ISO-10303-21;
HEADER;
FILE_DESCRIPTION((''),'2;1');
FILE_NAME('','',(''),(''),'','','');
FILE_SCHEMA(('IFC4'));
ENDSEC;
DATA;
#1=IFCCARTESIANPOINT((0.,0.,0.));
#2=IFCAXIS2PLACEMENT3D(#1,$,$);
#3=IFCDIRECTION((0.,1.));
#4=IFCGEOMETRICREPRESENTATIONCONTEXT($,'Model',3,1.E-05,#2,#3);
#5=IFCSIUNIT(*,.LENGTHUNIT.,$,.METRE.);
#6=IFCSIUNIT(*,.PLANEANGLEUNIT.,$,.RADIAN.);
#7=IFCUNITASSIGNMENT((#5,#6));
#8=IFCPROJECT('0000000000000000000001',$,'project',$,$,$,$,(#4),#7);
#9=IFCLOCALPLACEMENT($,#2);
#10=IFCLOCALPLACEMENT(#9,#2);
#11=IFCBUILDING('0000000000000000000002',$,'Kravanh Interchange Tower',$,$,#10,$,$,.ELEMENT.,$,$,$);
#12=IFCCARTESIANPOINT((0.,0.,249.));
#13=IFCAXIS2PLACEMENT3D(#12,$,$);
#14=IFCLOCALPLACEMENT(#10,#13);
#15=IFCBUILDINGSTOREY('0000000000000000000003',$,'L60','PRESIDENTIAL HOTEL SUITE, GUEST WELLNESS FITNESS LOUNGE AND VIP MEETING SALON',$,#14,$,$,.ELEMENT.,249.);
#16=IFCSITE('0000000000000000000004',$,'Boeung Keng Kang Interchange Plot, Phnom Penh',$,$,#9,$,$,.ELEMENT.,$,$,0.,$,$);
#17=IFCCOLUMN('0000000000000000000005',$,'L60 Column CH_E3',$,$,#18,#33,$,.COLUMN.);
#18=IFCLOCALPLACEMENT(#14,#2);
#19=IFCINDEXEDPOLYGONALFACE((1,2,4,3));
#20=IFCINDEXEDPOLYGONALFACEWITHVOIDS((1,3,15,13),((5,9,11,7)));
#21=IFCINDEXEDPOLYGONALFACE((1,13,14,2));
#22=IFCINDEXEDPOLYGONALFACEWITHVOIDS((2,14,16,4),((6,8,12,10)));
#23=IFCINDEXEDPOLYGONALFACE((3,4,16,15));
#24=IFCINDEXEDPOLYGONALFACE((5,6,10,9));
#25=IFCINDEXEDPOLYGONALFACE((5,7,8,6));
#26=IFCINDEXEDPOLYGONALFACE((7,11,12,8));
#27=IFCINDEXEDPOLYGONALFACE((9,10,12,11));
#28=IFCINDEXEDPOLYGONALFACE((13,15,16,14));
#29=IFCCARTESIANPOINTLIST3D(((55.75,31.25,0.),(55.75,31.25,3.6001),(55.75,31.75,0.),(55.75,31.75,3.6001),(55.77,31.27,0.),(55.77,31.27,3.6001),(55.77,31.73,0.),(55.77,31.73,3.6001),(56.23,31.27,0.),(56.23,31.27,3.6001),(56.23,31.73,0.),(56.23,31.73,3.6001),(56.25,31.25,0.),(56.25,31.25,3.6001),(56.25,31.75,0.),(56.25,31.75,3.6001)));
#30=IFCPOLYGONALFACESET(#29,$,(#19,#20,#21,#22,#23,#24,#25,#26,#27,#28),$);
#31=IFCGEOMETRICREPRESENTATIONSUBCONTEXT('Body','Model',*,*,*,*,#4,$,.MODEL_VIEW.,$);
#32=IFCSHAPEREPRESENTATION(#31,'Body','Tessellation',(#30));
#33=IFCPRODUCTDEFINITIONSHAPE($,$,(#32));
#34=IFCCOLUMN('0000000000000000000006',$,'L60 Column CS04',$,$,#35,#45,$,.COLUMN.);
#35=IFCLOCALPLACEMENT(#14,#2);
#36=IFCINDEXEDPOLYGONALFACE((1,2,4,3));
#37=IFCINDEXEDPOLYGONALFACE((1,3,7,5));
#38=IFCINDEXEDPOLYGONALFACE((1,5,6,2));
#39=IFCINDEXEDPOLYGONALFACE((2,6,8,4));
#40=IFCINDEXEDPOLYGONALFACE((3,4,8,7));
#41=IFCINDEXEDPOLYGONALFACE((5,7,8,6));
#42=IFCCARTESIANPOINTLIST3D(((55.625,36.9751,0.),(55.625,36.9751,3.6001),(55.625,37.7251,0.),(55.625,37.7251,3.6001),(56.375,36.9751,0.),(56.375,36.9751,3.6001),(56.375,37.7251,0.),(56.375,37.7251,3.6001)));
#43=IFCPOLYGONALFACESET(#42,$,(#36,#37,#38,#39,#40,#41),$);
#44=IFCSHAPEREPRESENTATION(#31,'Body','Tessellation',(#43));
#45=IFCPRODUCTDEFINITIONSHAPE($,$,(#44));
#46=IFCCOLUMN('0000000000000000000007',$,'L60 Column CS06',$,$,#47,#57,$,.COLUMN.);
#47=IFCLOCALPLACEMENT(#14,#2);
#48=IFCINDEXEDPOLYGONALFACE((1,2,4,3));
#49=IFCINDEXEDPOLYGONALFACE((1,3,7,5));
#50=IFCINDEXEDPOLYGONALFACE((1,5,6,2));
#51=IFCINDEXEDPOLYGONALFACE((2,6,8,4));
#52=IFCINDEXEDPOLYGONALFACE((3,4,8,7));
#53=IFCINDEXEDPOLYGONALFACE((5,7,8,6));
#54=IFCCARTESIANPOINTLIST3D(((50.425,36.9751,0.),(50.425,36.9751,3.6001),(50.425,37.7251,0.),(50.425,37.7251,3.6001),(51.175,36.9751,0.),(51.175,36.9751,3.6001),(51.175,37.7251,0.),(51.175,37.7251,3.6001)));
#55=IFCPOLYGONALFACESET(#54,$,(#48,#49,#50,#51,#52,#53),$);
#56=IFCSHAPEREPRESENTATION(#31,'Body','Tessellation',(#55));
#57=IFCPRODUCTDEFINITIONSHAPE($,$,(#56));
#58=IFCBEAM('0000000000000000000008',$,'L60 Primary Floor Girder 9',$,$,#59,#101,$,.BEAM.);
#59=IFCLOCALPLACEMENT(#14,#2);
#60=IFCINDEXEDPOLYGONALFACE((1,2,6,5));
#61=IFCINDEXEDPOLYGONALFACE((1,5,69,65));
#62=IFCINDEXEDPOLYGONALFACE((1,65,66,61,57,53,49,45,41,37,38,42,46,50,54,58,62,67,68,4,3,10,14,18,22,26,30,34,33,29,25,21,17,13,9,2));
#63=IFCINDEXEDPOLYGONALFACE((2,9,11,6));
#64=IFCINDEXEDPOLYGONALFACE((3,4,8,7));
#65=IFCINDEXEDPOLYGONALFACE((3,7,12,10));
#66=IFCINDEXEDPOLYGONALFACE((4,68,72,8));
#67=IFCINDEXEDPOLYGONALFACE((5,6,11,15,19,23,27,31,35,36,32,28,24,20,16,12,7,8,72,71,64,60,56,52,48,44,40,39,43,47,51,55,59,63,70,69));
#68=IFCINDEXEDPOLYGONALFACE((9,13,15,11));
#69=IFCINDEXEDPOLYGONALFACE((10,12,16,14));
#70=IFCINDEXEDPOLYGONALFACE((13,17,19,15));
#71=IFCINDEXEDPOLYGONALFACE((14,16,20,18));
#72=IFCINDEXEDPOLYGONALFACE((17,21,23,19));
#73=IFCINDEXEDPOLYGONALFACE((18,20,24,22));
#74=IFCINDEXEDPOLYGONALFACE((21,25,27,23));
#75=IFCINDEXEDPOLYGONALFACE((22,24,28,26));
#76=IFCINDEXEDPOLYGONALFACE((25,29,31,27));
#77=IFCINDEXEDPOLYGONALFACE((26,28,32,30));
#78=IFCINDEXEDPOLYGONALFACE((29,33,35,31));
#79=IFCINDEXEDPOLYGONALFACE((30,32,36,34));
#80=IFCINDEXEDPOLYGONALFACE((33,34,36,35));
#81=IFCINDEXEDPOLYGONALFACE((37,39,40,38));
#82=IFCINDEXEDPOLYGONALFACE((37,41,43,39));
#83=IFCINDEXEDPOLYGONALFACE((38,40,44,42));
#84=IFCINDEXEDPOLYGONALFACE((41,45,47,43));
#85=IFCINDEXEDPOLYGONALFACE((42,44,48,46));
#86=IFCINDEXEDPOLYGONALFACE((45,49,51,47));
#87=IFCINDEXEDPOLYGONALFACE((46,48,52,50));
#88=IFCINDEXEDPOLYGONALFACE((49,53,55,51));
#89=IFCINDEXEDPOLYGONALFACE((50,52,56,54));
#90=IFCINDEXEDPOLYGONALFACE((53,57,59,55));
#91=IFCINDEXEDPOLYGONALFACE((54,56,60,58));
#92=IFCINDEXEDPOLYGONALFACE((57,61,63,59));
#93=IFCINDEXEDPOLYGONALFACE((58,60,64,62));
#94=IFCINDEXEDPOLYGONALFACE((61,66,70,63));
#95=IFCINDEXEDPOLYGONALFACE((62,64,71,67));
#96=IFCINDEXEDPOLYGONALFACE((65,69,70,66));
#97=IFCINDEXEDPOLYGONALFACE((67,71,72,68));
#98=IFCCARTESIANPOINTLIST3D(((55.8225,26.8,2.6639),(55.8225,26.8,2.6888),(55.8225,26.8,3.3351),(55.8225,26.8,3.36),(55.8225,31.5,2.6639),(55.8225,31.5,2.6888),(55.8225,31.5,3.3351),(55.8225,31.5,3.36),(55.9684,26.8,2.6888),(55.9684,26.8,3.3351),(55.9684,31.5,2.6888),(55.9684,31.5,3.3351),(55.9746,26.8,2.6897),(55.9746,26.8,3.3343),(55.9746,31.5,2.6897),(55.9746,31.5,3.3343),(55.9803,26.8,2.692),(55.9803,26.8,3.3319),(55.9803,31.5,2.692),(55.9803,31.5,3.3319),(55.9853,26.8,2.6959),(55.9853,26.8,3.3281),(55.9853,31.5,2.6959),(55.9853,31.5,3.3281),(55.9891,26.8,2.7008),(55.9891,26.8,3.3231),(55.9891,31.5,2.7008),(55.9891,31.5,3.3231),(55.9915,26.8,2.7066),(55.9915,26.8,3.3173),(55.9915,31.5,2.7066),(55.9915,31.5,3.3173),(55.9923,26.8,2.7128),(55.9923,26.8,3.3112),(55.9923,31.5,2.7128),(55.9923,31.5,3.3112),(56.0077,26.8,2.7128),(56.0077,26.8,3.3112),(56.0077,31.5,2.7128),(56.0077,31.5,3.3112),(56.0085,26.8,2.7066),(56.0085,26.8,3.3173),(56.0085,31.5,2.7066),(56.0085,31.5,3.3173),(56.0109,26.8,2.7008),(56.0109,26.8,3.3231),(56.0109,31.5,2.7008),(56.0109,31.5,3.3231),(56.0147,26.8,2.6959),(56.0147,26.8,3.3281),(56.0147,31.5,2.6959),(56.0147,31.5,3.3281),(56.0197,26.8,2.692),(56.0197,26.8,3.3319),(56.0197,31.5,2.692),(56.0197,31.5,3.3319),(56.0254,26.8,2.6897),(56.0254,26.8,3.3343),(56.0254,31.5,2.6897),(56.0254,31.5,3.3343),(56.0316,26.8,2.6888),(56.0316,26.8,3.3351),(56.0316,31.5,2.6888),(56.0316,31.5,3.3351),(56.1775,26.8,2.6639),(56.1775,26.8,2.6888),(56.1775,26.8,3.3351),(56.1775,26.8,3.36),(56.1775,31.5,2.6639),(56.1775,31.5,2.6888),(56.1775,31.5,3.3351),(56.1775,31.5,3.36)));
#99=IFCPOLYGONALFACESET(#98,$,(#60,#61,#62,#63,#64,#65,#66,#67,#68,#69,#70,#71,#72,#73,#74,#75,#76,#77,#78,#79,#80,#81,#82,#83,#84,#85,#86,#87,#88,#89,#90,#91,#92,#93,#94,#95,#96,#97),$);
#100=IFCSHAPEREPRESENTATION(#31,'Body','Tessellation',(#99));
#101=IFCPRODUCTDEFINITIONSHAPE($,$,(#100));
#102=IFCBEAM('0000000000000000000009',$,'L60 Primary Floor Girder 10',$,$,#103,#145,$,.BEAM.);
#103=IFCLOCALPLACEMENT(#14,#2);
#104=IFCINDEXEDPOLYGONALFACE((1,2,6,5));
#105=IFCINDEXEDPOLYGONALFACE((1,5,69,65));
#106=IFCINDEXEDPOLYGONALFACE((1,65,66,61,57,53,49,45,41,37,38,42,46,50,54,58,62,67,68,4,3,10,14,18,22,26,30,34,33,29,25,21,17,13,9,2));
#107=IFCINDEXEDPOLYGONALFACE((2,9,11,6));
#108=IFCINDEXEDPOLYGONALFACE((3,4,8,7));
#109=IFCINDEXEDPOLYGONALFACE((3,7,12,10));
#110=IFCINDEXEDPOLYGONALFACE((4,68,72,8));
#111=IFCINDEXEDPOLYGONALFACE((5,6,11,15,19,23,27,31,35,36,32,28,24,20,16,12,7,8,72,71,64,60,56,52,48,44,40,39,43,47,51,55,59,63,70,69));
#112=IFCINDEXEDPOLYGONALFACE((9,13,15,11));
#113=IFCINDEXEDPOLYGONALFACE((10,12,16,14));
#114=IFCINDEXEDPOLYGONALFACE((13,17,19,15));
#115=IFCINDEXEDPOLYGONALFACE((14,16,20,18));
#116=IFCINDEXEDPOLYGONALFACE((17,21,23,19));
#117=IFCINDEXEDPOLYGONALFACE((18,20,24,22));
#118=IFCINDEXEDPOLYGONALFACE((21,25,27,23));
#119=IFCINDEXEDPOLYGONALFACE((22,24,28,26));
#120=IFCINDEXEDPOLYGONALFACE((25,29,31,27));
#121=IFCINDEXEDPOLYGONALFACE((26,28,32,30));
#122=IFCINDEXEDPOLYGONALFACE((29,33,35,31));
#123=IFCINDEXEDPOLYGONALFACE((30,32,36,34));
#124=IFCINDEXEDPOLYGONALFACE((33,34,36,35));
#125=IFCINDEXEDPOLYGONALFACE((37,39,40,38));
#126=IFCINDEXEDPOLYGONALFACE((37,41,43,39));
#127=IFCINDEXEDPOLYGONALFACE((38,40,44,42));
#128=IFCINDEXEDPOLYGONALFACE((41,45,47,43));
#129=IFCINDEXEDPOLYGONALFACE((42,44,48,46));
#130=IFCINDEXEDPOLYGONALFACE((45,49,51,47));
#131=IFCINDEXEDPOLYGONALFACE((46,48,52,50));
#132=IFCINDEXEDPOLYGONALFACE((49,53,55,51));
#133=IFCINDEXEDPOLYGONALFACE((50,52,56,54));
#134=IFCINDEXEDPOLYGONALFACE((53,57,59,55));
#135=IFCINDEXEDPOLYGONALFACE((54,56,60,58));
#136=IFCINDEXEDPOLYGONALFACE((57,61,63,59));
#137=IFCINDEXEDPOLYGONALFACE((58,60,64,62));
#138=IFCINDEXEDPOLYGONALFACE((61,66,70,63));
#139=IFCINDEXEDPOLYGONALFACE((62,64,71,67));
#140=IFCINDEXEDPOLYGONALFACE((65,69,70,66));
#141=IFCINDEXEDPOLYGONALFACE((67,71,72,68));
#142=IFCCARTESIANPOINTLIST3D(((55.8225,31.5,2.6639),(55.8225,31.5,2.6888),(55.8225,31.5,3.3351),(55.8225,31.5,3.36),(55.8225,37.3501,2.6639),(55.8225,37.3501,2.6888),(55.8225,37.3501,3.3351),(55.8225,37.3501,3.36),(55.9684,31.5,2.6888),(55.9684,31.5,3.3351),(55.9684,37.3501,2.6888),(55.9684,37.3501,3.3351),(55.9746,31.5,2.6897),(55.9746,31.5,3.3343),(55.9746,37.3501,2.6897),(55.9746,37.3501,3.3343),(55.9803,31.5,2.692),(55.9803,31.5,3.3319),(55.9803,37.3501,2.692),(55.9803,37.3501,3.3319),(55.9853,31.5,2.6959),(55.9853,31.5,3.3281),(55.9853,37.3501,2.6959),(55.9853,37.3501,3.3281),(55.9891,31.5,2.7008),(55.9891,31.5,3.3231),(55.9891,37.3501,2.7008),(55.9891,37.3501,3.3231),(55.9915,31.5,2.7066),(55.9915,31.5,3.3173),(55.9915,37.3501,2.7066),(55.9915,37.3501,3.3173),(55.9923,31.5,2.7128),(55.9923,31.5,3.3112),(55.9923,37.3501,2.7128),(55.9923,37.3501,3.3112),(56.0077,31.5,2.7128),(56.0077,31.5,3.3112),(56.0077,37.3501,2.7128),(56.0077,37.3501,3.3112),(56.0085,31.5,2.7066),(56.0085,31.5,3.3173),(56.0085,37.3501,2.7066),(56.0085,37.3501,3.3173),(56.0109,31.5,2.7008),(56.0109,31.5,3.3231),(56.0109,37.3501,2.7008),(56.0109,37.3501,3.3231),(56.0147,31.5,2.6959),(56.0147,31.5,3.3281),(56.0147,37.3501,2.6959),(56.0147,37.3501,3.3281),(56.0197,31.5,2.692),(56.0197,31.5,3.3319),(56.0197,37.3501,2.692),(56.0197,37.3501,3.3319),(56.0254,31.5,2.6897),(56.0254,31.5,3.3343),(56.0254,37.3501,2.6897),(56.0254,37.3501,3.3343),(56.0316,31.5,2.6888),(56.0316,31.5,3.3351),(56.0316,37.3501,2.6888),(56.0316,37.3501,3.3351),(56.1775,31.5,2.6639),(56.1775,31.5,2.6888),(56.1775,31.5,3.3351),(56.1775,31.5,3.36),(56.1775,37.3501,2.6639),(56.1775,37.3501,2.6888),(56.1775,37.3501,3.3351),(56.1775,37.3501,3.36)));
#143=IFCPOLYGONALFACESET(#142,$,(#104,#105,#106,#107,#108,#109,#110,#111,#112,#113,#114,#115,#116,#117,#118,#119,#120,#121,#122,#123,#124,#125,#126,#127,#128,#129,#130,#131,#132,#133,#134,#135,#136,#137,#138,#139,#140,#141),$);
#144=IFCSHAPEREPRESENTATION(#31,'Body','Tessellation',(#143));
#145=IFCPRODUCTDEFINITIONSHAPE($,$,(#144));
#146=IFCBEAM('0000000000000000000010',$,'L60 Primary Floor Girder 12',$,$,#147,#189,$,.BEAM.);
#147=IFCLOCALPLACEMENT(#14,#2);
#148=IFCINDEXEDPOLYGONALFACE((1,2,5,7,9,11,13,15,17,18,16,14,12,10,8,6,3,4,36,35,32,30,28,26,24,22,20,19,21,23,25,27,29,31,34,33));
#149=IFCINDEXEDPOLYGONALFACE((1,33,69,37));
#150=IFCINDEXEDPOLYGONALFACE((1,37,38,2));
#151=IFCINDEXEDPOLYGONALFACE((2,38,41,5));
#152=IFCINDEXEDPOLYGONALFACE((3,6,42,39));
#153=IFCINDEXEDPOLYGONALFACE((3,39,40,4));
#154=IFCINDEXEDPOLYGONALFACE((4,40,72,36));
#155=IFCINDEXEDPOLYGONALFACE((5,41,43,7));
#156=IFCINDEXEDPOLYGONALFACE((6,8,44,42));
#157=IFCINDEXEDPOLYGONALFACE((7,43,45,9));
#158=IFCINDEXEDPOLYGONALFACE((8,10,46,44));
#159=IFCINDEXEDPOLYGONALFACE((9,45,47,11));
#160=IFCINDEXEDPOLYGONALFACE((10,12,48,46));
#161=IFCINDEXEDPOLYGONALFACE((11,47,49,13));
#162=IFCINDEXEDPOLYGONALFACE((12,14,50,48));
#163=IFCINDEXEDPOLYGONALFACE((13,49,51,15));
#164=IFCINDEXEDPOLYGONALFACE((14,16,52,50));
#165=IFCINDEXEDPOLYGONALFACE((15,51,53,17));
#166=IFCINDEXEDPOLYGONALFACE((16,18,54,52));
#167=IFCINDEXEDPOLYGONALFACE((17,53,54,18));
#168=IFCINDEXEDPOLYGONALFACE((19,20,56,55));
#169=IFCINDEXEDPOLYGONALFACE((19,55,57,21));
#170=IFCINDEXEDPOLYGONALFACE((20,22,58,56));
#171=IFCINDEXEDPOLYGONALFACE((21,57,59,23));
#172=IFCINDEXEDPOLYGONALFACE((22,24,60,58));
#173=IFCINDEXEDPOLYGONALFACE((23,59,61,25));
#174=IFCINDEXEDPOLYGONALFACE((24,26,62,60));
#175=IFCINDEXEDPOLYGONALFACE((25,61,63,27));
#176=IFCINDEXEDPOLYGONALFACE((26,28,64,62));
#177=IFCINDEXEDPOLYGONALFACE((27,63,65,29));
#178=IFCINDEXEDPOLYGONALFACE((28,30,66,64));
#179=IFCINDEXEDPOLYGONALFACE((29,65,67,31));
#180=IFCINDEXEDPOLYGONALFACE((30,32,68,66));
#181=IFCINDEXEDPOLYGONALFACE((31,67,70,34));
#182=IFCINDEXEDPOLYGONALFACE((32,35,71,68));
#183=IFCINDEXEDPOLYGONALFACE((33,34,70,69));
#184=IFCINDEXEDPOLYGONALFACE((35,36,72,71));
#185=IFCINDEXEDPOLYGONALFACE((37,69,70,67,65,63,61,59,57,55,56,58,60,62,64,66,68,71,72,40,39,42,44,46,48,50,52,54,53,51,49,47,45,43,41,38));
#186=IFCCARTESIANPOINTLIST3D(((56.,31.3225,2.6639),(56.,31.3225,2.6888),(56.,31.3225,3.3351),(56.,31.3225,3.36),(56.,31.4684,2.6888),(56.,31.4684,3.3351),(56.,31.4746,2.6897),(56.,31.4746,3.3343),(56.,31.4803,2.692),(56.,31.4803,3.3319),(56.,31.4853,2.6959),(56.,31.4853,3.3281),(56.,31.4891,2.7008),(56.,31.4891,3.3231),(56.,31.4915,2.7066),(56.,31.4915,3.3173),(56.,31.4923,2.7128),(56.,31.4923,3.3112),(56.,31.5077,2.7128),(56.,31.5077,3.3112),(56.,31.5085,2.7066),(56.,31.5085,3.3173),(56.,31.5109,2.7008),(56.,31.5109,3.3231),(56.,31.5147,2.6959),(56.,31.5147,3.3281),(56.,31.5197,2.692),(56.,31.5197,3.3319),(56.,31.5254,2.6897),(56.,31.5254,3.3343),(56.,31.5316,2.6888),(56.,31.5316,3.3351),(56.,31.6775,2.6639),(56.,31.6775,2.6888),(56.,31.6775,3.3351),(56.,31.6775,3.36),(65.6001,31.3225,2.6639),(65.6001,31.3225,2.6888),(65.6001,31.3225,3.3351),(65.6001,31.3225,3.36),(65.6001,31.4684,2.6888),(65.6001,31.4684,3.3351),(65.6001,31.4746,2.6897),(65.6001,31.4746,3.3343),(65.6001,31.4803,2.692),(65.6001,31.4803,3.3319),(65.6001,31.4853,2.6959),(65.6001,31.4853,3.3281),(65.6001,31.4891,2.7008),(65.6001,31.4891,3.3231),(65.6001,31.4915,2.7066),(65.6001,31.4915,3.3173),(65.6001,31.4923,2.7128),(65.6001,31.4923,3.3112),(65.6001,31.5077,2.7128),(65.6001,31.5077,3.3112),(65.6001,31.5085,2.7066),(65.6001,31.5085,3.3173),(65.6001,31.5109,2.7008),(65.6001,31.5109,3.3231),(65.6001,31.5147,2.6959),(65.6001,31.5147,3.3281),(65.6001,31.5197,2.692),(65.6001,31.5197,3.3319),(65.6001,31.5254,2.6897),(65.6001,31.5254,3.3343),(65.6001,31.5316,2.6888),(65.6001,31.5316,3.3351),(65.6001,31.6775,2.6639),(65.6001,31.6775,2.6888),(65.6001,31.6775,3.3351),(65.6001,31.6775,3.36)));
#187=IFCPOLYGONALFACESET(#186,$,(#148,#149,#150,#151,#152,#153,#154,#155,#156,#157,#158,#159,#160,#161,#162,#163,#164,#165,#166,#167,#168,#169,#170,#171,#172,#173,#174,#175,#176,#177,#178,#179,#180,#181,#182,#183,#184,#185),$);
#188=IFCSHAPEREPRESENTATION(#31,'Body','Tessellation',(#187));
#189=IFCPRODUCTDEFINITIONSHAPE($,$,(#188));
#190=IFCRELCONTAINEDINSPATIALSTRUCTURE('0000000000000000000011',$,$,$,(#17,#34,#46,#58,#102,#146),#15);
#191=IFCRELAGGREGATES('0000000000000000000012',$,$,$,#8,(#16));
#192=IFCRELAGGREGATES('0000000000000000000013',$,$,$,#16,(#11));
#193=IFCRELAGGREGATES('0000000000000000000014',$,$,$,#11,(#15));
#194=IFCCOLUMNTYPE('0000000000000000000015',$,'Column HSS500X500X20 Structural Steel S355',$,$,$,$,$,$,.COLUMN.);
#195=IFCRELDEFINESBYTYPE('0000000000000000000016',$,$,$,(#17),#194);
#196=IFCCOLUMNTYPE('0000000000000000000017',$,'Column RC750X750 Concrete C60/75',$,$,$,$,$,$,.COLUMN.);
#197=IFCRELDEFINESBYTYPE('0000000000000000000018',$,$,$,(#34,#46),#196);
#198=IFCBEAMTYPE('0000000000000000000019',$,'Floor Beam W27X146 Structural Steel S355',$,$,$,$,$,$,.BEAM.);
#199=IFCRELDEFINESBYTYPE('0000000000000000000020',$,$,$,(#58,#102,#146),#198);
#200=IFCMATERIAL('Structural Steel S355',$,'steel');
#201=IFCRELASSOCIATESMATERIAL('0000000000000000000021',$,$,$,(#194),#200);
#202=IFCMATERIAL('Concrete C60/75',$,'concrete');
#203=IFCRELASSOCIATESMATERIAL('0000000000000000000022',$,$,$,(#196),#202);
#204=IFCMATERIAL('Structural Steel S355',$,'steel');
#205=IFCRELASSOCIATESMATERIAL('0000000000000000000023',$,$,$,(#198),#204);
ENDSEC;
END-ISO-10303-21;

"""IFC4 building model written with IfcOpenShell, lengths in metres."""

from ifc_helpers import new_model, si_unit, direction, frame, origin, origin_2d, place, context, subcontext, project, spatial, rectangle, hollow_rectangle, i_section, extrude, material, material_profile, profile_set, type_object, element, save


model = new_model("IFC4")

# Units and contexts
model_context = context("Model", 3, precision=1e-05, world=origin(), true_north=direction((0.0, 1.0)))
body_context = subcontext(model_context, "Body", "Model", "MODEL_VIEW")
ifc_project = project(units=[si_unit("LENGTHUNIT", "METRE"), si_unit("PLANEANGLEUNIT", "RADIAN")], contexts=[model_context])

# Site, building, storey
site_placement = place(None, origin())
site = spatial("IfcSite", under=ifc_project, at=site_placement, Name="Boeung Keng Kang Interchange Plot, Phnom Penh", CompositionType="ELEMENT", RefElevation=0.0)
building_placement = place(site_placement, origin())
building = spatial("IfcBuilding", under=site, at=building_placement, Name="Kravanh Interchange Tower", CompositionType="ELEMENT")
storey_placement = place(building_placement, frame((0.0, 0.0, 249.0)))
storey = spatial("IfcBuildingStorey", under=building, at=storey_placement, Name="L60", Description="PRESIDENTIAL HOTEL SUITE, GUEST WELLNESS FITNESS LOUNGE AND VIP MEETING SALON", CompositionType="ELEMENT", Elevation=249.0)

# Columns
ifc_material_1 = material(Name="Structural Steel S355", Category="steel")
ifc_material_profile_1 = material_profile(ifc_material_1, hollow_rectangle(XDim=0.5, YDim=0.5, WallThickness=0.02, at=origin_2d()), Name="HSS500X500X20")
ifc_profile_set_1 = profile_set([ifc_material_profile_1], Name="Structural Steel S355")
column_type_1 = type_object("IfcColumnType", Name="Column HSS500X500X20 Structural Steel S355", PredefinedType="COLUMN", material=ifc_profile_set_1)
column_placement = place(storey_placement, frame((56.0, 31.5, 0.0), z_axis=(0.0, 0.0, 1.0), x_axis=(1.0, 0.0, 0.0)))
element("IfcColumn", 1, at=column_placement, inside=storey, type_object=column_type_1, Name="L60 Column CH_E3", PredefinedType="COLUMN", context=body_context, shape_type="SweptSolid", body=[
    extrude(hollow_rectangle(XDim=0.5, YDim=0.5, WallThickness=0.02, at=origin_2d()), origin(), (0.0, 0.0, 1.0), 3.6001),
])
ifc_material_2 = material(Name="Concrete C60/75", Category="concrete")
ifc_material_profile_2 = material_profile(ifc_material_2, rectangle(XDim=0.75, YDim=0.75, at=origin_2d()), Name="RC750X750")
ifc_profile_set_2 = profile_set([ifc_material_profile_2], Name="Concrete C60/75")
column_type_2 = type_object("IfcColumnType", Name="Column RC750X750 Concrete C60/75", PredefinedType="COLUMN", material=ifc_profile_set_2)
for number, where, z_axis, x_axis, name in (
    (2, (56.0, 37.3501, 0.0), (0.0, 0.0, 1.0), (1.0, 0.0, 0.0), "L60 Column CS04"),
    (3, (50.8, 37.3501, 0.0), (0.0, 0.0, 1.0), (1.0, 0.0, 0.0), "L60 Column CS06"),
):
    element("IfcColumn", number, at=place(storey_placement, frame(where, z_axis=z_axis, x_axis=x_axis)), inside=storey, type_object=column_type_2, Name=name, PredefinedType="COLUMN", context=body_context, shape_type="SweptSolid", body=[
        extrude(rectangle(XDim=0.75, YDim=0.75, at=origin_2d()), origin(), (0.0, 0.0, 1.0), 3.6001),
    ])

# Beams
ifc_material_3 = material(Name="Structural Steel S355", Category="steel")
ifc_material_profile_3 = material_profile(ifc_material_3, i_section(OverallWidth=0.355, OverallDepth=0.696, WebThickness=0.0154, FlangeThickness=0.0249, FilletRadius=0.0239, at=origin_2d()), Name="W27X146")
ifc_profile_set_3 = profile_set([ifc_material_profile_3], Name="Structural Steel S355")
beam_type_1 = type_object("IfcBeamType", Name="Floor Beam W27X146 Structural Steel S355", PredefinedType="BEAM", material=ifc_profile_set_3)
beam_1_placement = place(storey_placement, frame((56.0, 31.5, 3.012), z_axis=(0.0, -1.0, 0.0), x_axis=(1.0, 0.0, 0.0)))
element("IfcBeam", 4, at=beam_1_placement, inside=storey, type_object=beam_type_1, Name="L60 Primary Floor Girder 9", PredefinedType="BEAM", context=body_context, shape_type="SweptSolid", body=[
    extrude(i_section(OverallWidth=0.355, OverallDepth=0.696, WebThickness=0.0154, FlangeThickness=0.0249, FilletRadius=0.0239, at=origin_2d()), origin(), (0.0, 0.0, 1.0), 4.7),
])
beam_2_placement = place(storey_placement, frame((56.0, 31.5, 3.012), z_axis=(0.0, 1.0, 0.0), x_axis=(-1.0, 0.0, 0.0)))
element("IfcBeam", 5, at=beam_2_placement, inside=storey, type_object=beam_type_1, Name="L60 Primary Floor Girder 10", PredefinedType="BEAM", context=body_context, shape_type="SweptSolid", body=[
    extrude(i_section(OverallWidth=0.355, OverallDepth=0.696, WebThickness=0.0154, FlangeThickness=0.0249, FilletRadius=0.0239, at=origin_2d()), origin(), (0.0, 0.0, 1.0), 5.8501),
])
beam_3_placement = place(storey_placement, frame((56.0, 31.5, 3.012), z_axis=(1.0, 0.0, 0.0), x_axis=(0.0, 1.0, 0.0)))
element("IfcBeam", 6, at=beam_3_placement, inside=storey, type_object=beam_type_1, Name="L60 Primary Floor Girder 12", PredefinedType="BEAM", context=body_context, shape_type="SweptSolid", body=[
    extrude(i_section(OverallWidth=0.355, OverallDepth=0.696, WebThickness=0.0154, FlangeThickness=0.0249, FilletRadius=0.0239, at=origin_2d()), origin(), (0.0, 0.0, 1.0), 9.6001),
])

save(model, "model.ifc")
